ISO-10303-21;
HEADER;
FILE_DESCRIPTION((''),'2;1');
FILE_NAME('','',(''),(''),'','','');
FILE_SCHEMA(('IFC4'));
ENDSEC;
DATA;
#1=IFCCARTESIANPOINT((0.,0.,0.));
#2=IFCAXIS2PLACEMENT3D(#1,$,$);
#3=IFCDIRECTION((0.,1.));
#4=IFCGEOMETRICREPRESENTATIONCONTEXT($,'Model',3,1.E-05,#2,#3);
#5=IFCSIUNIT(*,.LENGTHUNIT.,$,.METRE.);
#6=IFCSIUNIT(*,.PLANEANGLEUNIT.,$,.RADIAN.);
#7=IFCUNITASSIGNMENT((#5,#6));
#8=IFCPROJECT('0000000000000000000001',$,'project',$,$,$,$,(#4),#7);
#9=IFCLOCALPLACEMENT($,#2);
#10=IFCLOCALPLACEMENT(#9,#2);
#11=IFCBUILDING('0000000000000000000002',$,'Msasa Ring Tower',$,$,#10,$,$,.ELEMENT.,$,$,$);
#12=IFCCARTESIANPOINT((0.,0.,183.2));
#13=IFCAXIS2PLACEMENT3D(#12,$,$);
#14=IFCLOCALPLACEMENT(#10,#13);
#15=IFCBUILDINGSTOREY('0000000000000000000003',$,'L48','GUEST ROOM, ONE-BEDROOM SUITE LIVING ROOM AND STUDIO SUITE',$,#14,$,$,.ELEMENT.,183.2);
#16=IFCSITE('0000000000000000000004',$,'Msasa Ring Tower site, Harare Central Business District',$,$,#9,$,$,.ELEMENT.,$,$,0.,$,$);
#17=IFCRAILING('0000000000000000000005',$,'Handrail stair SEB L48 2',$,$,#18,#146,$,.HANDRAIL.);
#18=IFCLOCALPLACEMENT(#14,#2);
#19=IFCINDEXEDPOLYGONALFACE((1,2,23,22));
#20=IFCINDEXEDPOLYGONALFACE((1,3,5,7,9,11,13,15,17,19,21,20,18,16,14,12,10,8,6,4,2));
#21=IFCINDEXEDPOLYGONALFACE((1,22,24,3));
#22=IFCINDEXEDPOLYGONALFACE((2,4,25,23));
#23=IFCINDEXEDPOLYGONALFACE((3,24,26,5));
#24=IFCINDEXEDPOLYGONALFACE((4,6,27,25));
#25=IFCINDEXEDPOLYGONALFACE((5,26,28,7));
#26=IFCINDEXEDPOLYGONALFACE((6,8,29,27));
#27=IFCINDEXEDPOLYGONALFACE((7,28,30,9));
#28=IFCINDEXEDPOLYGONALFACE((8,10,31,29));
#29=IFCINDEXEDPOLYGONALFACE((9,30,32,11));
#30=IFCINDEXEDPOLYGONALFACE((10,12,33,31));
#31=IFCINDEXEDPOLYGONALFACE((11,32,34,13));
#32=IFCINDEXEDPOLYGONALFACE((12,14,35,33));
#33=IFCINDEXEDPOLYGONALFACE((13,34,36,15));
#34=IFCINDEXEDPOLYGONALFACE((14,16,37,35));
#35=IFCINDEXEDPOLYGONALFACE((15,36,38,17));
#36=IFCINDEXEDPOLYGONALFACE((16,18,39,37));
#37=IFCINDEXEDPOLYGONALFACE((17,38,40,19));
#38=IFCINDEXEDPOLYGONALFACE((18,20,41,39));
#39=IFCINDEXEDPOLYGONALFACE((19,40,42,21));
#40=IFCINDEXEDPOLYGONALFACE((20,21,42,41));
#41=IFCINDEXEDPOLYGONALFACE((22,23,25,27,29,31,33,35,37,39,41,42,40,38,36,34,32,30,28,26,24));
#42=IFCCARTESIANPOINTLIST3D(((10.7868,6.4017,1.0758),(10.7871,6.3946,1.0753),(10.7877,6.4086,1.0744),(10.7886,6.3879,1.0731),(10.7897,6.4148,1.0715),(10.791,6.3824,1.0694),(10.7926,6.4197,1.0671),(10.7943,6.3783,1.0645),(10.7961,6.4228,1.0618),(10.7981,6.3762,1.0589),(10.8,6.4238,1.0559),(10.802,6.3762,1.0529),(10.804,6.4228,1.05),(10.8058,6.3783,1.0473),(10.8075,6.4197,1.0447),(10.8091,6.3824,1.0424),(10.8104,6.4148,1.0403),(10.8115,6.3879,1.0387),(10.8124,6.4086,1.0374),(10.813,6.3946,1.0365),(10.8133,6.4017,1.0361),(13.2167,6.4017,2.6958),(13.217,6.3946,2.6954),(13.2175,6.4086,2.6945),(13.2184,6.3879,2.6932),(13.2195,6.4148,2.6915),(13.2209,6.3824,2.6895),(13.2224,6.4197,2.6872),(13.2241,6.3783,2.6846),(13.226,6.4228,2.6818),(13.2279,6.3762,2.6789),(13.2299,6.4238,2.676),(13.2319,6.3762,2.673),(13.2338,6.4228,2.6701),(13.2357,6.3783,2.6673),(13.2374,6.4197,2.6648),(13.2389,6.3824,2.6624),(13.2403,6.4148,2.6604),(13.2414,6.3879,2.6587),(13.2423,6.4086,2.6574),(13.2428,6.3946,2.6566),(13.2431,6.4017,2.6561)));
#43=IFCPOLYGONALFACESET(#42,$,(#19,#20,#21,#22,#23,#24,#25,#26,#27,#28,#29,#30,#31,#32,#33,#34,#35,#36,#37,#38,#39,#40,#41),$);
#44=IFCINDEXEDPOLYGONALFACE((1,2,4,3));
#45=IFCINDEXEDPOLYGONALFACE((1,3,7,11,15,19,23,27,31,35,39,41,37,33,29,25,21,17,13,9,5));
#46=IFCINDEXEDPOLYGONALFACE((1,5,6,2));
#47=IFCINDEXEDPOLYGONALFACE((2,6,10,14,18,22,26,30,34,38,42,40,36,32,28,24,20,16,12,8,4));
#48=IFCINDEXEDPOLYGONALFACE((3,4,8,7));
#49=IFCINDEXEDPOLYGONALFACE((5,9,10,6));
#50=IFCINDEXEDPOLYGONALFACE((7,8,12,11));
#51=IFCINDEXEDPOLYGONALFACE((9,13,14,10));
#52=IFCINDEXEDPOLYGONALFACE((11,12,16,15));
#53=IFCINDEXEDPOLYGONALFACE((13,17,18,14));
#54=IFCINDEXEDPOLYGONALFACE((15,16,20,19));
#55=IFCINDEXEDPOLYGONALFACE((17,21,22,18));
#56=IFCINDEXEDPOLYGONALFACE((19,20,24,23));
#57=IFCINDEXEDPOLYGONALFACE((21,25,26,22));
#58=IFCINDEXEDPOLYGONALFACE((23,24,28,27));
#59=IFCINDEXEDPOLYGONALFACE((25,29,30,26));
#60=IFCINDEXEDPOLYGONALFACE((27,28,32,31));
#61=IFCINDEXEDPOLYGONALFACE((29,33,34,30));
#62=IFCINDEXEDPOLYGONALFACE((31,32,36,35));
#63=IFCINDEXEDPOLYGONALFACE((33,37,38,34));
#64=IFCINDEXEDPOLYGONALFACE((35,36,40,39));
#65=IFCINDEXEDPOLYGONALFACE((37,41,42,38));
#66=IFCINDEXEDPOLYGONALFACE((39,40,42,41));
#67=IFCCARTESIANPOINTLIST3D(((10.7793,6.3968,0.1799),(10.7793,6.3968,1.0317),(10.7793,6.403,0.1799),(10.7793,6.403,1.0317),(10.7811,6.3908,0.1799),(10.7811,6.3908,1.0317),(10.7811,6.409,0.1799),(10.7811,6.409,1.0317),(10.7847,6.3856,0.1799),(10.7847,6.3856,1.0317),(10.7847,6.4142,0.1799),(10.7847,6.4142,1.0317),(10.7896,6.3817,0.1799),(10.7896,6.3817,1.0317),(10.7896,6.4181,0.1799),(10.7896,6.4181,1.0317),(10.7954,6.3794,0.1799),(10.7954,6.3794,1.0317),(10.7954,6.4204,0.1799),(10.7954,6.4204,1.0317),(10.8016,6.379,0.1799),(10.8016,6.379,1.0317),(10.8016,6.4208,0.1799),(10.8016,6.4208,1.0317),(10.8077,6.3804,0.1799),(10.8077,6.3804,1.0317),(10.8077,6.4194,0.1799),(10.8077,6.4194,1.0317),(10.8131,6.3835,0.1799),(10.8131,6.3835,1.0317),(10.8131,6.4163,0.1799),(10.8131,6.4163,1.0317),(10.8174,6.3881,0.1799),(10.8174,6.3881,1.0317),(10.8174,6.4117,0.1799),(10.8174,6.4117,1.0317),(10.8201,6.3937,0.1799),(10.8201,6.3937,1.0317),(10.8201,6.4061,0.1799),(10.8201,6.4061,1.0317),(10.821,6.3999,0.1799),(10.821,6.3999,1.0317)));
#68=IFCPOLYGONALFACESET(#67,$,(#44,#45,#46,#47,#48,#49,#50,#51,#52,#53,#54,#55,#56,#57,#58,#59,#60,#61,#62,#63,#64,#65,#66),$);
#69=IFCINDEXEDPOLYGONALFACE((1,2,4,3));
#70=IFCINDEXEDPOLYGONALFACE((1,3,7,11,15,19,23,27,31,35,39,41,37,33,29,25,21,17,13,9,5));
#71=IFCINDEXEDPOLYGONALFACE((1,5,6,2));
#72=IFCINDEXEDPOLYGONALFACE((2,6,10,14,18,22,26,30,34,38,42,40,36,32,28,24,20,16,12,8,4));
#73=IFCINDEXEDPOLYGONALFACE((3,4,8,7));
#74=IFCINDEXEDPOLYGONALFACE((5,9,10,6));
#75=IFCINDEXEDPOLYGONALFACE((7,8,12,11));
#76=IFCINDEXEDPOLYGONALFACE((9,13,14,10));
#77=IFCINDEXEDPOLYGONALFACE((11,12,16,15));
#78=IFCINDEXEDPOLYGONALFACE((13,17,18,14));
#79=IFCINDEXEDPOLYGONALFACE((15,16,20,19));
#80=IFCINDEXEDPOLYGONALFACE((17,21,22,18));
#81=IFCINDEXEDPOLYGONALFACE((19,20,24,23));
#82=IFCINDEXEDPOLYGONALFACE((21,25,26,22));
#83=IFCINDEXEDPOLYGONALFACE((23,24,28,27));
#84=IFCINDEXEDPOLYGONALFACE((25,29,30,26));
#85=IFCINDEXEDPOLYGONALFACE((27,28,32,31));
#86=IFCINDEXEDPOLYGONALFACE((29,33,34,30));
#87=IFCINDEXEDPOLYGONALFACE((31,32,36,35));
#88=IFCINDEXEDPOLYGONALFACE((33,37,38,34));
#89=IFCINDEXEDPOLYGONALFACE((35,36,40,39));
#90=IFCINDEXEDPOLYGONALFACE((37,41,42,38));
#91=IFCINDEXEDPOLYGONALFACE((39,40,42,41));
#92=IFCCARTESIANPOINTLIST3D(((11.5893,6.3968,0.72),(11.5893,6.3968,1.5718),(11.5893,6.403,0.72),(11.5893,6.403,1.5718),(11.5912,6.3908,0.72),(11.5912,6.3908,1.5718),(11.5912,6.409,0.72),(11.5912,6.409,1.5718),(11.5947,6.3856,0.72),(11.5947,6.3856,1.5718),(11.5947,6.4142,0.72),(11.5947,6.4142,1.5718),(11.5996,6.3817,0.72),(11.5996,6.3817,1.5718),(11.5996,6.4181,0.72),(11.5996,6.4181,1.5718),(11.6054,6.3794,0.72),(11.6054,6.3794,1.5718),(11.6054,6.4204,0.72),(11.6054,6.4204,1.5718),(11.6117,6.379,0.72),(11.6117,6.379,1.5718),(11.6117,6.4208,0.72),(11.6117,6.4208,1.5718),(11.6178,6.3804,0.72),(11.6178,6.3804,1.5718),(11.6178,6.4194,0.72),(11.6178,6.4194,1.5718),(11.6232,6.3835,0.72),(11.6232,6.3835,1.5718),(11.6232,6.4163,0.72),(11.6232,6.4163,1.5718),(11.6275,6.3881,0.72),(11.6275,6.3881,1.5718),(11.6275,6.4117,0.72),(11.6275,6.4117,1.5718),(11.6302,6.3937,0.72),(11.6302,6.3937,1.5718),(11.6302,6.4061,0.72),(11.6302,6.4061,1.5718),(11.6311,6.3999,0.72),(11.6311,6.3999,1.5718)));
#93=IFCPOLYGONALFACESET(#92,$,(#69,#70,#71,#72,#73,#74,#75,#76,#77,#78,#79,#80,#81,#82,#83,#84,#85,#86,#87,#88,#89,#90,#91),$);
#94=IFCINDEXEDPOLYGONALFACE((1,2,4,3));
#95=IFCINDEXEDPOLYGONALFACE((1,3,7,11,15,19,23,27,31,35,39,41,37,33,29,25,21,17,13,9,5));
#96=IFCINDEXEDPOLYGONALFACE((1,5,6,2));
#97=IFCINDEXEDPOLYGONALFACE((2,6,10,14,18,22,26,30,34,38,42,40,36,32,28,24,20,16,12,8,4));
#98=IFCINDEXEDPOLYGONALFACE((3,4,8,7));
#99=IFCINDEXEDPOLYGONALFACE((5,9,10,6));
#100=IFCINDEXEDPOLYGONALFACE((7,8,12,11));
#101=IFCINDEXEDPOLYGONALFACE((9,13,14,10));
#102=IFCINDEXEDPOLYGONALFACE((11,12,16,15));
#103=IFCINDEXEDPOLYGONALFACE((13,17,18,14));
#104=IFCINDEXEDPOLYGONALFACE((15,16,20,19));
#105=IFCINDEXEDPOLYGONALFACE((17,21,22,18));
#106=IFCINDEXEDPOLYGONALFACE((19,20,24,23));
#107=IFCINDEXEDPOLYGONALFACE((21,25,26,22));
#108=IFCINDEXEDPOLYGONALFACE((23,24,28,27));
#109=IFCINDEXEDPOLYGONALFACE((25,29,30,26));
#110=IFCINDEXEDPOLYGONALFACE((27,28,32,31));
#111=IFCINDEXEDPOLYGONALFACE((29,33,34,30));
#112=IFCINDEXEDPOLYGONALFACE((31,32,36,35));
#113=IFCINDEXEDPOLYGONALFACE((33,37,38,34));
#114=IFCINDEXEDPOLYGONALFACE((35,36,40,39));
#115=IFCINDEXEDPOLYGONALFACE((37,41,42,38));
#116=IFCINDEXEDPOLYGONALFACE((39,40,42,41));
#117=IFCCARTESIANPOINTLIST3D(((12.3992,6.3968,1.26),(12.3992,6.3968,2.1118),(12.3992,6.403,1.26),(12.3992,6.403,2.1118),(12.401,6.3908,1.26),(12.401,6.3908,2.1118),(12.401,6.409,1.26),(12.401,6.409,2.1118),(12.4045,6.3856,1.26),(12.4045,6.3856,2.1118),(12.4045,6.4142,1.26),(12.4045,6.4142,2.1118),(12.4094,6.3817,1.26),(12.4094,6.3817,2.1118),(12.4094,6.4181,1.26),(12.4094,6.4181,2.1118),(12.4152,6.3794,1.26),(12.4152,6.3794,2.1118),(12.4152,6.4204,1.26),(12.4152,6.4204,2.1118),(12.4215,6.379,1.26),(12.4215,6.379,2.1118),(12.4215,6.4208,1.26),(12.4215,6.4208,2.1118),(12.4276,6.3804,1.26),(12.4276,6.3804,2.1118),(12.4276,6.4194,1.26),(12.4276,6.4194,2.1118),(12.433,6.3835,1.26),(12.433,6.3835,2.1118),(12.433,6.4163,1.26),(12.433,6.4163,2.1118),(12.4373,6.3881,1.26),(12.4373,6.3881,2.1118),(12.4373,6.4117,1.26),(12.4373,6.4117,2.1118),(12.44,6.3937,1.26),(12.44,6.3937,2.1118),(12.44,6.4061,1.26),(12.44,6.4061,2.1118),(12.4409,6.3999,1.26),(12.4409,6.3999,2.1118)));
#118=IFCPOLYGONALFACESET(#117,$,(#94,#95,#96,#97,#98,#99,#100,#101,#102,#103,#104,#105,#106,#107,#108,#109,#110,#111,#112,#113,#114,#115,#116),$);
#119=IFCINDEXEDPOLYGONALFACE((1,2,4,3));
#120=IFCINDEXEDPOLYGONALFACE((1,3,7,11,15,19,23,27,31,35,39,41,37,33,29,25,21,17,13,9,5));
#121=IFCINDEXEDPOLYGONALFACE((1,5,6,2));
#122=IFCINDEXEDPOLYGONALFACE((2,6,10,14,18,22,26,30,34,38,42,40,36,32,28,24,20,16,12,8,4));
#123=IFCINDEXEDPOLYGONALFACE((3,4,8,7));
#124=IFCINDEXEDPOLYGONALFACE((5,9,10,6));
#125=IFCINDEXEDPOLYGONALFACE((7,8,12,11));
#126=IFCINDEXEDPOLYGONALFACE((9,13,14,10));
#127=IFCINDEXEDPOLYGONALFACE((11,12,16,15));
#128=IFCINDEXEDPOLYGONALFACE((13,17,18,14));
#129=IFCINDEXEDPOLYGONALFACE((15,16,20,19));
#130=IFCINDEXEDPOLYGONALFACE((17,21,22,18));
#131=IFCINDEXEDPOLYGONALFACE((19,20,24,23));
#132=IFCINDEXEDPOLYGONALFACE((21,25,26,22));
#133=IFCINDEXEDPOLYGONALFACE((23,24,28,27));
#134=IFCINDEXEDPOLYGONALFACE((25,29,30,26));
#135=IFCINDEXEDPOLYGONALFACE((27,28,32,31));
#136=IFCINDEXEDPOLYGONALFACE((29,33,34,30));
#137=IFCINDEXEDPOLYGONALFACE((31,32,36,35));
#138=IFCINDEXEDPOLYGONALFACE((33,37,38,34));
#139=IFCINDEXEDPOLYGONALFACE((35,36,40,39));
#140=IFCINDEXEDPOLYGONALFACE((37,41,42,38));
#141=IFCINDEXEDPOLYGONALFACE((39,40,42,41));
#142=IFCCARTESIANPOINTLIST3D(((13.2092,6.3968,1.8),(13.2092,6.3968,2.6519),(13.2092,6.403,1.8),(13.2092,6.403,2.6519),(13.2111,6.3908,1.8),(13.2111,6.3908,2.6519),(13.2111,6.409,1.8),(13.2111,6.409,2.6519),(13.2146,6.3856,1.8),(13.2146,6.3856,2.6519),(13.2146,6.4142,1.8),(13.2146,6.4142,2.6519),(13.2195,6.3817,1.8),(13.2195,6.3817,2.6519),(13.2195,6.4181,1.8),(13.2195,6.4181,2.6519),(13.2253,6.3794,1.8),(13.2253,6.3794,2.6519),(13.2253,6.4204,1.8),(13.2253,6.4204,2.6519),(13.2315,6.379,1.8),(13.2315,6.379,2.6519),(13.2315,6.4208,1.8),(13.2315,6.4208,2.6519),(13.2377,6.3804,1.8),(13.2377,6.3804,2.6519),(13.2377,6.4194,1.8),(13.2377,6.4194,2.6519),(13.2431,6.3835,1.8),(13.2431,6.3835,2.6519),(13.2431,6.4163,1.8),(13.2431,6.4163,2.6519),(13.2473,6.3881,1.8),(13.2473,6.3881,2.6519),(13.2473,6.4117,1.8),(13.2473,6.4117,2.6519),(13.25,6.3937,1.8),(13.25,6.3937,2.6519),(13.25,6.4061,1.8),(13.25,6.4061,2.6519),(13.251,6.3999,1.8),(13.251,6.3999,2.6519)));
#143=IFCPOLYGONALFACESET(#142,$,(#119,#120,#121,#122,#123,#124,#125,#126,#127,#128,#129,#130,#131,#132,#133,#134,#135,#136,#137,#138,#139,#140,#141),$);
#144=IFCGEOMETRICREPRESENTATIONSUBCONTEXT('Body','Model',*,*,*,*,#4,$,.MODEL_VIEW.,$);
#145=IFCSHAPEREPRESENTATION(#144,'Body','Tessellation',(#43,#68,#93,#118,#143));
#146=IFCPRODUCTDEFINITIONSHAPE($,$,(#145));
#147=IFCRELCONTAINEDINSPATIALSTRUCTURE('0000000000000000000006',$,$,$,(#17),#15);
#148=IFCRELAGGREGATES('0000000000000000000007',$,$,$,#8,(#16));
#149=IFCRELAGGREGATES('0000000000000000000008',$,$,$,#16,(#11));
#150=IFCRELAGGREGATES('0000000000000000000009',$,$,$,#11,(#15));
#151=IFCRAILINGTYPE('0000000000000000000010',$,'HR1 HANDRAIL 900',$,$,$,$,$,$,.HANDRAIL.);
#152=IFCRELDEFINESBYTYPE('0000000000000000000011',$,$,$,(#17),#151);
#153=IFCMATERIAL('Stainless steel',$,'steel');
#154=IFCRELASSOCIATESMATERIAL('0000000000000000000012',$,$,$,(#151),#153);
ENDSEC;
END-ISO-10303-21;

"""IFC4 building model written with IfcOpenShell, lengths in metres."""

from ifc_helpers import new_model, si_unit, direction, frame, origin, origin_2d, place, context, subcontext, project, spatial, circle, extrude, material, type_object, element, save


model = new_model("IFC4")

# Units and contexts
model_context = context("Model", 3, precision=1e-05, world=origin(), true_north=direction((0.0, 1.0)))
body_context = subcontext(model_context, "Body", "Model", "MODEL_VIEW")
ifc_project = project(units=[si_unit("LENGTHUNIT", "METRE"), si_unit("PLANEANGLEUNIT", "RADIAN")], contexts=[model_context])

# Site, building, storey
site_placement = place(None, origin())
site = spatial("IfcSite", under=ifc_project, at=site_placement, Name="Msasa Ring Tower site, Harare Central Business District", CompositionType="ELEMENT", RefElevation=0.0)
building_placement = place(site_placement, origin())
building = spatial("IfcBuilding", under=site, at=building_placement, Name="Msasa Ring Tower", CompositionType="ELEMENT")
storey_placement = place(building_placement, frame((0.0, 0.0, 183.2)))
storey = spatial("IfcBuildingStorey", under=building, at=storey_placement, Name="L48", Description="GUEST ROOM, ONE-BEDROOM SUITE LIVING ROOM AND STUDIO SUITE", CompositionType="ELEMENT", Elevation=183.2)

# Railing
ifc_material_1 = material(Name="Stainless steel", Category="steel")
railing_type = type_object("IfcRailingType", Name="HR1 HANDRAIL 900", PredefinedType="HANDRAIL", material=ifc_material_1)
for number, where, name in (
    (1, (10.8, 6.3999, 0.1799), "Handrail stair SEB L48 2"),
):
    element("IfcRailing", number, at=place(storey_placement, frame(where)), inside=storey, type_object=railing_type, Name=name, PredefinedType="HANDRAIL", context=body_context, shape_type="SweptSolid", body=[
        extrude(circle(Radius=0.0239, at=origin_2d()), frame((0.0, 0.0, 0.876), z_axis=(0.832025, 0.0, 0.554739), x_axis=(0.0, 1.0, 0.0)), (0.0, 0.0, 1.0), 2.9204),
        extrude(circle(Radius=0.021, at=origin_2d()), origin(), (0.0, 0.0, 1.0), 0.8518),
        extrude(circle(Radius=0.021, at=origin_2d()), frame((0.8101, 0.0, 0.54)), (0.0, 0.0, 1.0), 0.8518),
        extrude(circle(Radius=0.021, at=origin_2d()), frame((1.6199, 0.0, 1.0801)), (0.0, 0.0, 1.0), 0.8518),
        extrude(circle(Radius=0.021, at=origin_2d()), frame((2.4299, 0.0, 1.6201)), (0.0, 0.0, 1.0), 0.8518),
    ])

save(model, "model.ifc")
